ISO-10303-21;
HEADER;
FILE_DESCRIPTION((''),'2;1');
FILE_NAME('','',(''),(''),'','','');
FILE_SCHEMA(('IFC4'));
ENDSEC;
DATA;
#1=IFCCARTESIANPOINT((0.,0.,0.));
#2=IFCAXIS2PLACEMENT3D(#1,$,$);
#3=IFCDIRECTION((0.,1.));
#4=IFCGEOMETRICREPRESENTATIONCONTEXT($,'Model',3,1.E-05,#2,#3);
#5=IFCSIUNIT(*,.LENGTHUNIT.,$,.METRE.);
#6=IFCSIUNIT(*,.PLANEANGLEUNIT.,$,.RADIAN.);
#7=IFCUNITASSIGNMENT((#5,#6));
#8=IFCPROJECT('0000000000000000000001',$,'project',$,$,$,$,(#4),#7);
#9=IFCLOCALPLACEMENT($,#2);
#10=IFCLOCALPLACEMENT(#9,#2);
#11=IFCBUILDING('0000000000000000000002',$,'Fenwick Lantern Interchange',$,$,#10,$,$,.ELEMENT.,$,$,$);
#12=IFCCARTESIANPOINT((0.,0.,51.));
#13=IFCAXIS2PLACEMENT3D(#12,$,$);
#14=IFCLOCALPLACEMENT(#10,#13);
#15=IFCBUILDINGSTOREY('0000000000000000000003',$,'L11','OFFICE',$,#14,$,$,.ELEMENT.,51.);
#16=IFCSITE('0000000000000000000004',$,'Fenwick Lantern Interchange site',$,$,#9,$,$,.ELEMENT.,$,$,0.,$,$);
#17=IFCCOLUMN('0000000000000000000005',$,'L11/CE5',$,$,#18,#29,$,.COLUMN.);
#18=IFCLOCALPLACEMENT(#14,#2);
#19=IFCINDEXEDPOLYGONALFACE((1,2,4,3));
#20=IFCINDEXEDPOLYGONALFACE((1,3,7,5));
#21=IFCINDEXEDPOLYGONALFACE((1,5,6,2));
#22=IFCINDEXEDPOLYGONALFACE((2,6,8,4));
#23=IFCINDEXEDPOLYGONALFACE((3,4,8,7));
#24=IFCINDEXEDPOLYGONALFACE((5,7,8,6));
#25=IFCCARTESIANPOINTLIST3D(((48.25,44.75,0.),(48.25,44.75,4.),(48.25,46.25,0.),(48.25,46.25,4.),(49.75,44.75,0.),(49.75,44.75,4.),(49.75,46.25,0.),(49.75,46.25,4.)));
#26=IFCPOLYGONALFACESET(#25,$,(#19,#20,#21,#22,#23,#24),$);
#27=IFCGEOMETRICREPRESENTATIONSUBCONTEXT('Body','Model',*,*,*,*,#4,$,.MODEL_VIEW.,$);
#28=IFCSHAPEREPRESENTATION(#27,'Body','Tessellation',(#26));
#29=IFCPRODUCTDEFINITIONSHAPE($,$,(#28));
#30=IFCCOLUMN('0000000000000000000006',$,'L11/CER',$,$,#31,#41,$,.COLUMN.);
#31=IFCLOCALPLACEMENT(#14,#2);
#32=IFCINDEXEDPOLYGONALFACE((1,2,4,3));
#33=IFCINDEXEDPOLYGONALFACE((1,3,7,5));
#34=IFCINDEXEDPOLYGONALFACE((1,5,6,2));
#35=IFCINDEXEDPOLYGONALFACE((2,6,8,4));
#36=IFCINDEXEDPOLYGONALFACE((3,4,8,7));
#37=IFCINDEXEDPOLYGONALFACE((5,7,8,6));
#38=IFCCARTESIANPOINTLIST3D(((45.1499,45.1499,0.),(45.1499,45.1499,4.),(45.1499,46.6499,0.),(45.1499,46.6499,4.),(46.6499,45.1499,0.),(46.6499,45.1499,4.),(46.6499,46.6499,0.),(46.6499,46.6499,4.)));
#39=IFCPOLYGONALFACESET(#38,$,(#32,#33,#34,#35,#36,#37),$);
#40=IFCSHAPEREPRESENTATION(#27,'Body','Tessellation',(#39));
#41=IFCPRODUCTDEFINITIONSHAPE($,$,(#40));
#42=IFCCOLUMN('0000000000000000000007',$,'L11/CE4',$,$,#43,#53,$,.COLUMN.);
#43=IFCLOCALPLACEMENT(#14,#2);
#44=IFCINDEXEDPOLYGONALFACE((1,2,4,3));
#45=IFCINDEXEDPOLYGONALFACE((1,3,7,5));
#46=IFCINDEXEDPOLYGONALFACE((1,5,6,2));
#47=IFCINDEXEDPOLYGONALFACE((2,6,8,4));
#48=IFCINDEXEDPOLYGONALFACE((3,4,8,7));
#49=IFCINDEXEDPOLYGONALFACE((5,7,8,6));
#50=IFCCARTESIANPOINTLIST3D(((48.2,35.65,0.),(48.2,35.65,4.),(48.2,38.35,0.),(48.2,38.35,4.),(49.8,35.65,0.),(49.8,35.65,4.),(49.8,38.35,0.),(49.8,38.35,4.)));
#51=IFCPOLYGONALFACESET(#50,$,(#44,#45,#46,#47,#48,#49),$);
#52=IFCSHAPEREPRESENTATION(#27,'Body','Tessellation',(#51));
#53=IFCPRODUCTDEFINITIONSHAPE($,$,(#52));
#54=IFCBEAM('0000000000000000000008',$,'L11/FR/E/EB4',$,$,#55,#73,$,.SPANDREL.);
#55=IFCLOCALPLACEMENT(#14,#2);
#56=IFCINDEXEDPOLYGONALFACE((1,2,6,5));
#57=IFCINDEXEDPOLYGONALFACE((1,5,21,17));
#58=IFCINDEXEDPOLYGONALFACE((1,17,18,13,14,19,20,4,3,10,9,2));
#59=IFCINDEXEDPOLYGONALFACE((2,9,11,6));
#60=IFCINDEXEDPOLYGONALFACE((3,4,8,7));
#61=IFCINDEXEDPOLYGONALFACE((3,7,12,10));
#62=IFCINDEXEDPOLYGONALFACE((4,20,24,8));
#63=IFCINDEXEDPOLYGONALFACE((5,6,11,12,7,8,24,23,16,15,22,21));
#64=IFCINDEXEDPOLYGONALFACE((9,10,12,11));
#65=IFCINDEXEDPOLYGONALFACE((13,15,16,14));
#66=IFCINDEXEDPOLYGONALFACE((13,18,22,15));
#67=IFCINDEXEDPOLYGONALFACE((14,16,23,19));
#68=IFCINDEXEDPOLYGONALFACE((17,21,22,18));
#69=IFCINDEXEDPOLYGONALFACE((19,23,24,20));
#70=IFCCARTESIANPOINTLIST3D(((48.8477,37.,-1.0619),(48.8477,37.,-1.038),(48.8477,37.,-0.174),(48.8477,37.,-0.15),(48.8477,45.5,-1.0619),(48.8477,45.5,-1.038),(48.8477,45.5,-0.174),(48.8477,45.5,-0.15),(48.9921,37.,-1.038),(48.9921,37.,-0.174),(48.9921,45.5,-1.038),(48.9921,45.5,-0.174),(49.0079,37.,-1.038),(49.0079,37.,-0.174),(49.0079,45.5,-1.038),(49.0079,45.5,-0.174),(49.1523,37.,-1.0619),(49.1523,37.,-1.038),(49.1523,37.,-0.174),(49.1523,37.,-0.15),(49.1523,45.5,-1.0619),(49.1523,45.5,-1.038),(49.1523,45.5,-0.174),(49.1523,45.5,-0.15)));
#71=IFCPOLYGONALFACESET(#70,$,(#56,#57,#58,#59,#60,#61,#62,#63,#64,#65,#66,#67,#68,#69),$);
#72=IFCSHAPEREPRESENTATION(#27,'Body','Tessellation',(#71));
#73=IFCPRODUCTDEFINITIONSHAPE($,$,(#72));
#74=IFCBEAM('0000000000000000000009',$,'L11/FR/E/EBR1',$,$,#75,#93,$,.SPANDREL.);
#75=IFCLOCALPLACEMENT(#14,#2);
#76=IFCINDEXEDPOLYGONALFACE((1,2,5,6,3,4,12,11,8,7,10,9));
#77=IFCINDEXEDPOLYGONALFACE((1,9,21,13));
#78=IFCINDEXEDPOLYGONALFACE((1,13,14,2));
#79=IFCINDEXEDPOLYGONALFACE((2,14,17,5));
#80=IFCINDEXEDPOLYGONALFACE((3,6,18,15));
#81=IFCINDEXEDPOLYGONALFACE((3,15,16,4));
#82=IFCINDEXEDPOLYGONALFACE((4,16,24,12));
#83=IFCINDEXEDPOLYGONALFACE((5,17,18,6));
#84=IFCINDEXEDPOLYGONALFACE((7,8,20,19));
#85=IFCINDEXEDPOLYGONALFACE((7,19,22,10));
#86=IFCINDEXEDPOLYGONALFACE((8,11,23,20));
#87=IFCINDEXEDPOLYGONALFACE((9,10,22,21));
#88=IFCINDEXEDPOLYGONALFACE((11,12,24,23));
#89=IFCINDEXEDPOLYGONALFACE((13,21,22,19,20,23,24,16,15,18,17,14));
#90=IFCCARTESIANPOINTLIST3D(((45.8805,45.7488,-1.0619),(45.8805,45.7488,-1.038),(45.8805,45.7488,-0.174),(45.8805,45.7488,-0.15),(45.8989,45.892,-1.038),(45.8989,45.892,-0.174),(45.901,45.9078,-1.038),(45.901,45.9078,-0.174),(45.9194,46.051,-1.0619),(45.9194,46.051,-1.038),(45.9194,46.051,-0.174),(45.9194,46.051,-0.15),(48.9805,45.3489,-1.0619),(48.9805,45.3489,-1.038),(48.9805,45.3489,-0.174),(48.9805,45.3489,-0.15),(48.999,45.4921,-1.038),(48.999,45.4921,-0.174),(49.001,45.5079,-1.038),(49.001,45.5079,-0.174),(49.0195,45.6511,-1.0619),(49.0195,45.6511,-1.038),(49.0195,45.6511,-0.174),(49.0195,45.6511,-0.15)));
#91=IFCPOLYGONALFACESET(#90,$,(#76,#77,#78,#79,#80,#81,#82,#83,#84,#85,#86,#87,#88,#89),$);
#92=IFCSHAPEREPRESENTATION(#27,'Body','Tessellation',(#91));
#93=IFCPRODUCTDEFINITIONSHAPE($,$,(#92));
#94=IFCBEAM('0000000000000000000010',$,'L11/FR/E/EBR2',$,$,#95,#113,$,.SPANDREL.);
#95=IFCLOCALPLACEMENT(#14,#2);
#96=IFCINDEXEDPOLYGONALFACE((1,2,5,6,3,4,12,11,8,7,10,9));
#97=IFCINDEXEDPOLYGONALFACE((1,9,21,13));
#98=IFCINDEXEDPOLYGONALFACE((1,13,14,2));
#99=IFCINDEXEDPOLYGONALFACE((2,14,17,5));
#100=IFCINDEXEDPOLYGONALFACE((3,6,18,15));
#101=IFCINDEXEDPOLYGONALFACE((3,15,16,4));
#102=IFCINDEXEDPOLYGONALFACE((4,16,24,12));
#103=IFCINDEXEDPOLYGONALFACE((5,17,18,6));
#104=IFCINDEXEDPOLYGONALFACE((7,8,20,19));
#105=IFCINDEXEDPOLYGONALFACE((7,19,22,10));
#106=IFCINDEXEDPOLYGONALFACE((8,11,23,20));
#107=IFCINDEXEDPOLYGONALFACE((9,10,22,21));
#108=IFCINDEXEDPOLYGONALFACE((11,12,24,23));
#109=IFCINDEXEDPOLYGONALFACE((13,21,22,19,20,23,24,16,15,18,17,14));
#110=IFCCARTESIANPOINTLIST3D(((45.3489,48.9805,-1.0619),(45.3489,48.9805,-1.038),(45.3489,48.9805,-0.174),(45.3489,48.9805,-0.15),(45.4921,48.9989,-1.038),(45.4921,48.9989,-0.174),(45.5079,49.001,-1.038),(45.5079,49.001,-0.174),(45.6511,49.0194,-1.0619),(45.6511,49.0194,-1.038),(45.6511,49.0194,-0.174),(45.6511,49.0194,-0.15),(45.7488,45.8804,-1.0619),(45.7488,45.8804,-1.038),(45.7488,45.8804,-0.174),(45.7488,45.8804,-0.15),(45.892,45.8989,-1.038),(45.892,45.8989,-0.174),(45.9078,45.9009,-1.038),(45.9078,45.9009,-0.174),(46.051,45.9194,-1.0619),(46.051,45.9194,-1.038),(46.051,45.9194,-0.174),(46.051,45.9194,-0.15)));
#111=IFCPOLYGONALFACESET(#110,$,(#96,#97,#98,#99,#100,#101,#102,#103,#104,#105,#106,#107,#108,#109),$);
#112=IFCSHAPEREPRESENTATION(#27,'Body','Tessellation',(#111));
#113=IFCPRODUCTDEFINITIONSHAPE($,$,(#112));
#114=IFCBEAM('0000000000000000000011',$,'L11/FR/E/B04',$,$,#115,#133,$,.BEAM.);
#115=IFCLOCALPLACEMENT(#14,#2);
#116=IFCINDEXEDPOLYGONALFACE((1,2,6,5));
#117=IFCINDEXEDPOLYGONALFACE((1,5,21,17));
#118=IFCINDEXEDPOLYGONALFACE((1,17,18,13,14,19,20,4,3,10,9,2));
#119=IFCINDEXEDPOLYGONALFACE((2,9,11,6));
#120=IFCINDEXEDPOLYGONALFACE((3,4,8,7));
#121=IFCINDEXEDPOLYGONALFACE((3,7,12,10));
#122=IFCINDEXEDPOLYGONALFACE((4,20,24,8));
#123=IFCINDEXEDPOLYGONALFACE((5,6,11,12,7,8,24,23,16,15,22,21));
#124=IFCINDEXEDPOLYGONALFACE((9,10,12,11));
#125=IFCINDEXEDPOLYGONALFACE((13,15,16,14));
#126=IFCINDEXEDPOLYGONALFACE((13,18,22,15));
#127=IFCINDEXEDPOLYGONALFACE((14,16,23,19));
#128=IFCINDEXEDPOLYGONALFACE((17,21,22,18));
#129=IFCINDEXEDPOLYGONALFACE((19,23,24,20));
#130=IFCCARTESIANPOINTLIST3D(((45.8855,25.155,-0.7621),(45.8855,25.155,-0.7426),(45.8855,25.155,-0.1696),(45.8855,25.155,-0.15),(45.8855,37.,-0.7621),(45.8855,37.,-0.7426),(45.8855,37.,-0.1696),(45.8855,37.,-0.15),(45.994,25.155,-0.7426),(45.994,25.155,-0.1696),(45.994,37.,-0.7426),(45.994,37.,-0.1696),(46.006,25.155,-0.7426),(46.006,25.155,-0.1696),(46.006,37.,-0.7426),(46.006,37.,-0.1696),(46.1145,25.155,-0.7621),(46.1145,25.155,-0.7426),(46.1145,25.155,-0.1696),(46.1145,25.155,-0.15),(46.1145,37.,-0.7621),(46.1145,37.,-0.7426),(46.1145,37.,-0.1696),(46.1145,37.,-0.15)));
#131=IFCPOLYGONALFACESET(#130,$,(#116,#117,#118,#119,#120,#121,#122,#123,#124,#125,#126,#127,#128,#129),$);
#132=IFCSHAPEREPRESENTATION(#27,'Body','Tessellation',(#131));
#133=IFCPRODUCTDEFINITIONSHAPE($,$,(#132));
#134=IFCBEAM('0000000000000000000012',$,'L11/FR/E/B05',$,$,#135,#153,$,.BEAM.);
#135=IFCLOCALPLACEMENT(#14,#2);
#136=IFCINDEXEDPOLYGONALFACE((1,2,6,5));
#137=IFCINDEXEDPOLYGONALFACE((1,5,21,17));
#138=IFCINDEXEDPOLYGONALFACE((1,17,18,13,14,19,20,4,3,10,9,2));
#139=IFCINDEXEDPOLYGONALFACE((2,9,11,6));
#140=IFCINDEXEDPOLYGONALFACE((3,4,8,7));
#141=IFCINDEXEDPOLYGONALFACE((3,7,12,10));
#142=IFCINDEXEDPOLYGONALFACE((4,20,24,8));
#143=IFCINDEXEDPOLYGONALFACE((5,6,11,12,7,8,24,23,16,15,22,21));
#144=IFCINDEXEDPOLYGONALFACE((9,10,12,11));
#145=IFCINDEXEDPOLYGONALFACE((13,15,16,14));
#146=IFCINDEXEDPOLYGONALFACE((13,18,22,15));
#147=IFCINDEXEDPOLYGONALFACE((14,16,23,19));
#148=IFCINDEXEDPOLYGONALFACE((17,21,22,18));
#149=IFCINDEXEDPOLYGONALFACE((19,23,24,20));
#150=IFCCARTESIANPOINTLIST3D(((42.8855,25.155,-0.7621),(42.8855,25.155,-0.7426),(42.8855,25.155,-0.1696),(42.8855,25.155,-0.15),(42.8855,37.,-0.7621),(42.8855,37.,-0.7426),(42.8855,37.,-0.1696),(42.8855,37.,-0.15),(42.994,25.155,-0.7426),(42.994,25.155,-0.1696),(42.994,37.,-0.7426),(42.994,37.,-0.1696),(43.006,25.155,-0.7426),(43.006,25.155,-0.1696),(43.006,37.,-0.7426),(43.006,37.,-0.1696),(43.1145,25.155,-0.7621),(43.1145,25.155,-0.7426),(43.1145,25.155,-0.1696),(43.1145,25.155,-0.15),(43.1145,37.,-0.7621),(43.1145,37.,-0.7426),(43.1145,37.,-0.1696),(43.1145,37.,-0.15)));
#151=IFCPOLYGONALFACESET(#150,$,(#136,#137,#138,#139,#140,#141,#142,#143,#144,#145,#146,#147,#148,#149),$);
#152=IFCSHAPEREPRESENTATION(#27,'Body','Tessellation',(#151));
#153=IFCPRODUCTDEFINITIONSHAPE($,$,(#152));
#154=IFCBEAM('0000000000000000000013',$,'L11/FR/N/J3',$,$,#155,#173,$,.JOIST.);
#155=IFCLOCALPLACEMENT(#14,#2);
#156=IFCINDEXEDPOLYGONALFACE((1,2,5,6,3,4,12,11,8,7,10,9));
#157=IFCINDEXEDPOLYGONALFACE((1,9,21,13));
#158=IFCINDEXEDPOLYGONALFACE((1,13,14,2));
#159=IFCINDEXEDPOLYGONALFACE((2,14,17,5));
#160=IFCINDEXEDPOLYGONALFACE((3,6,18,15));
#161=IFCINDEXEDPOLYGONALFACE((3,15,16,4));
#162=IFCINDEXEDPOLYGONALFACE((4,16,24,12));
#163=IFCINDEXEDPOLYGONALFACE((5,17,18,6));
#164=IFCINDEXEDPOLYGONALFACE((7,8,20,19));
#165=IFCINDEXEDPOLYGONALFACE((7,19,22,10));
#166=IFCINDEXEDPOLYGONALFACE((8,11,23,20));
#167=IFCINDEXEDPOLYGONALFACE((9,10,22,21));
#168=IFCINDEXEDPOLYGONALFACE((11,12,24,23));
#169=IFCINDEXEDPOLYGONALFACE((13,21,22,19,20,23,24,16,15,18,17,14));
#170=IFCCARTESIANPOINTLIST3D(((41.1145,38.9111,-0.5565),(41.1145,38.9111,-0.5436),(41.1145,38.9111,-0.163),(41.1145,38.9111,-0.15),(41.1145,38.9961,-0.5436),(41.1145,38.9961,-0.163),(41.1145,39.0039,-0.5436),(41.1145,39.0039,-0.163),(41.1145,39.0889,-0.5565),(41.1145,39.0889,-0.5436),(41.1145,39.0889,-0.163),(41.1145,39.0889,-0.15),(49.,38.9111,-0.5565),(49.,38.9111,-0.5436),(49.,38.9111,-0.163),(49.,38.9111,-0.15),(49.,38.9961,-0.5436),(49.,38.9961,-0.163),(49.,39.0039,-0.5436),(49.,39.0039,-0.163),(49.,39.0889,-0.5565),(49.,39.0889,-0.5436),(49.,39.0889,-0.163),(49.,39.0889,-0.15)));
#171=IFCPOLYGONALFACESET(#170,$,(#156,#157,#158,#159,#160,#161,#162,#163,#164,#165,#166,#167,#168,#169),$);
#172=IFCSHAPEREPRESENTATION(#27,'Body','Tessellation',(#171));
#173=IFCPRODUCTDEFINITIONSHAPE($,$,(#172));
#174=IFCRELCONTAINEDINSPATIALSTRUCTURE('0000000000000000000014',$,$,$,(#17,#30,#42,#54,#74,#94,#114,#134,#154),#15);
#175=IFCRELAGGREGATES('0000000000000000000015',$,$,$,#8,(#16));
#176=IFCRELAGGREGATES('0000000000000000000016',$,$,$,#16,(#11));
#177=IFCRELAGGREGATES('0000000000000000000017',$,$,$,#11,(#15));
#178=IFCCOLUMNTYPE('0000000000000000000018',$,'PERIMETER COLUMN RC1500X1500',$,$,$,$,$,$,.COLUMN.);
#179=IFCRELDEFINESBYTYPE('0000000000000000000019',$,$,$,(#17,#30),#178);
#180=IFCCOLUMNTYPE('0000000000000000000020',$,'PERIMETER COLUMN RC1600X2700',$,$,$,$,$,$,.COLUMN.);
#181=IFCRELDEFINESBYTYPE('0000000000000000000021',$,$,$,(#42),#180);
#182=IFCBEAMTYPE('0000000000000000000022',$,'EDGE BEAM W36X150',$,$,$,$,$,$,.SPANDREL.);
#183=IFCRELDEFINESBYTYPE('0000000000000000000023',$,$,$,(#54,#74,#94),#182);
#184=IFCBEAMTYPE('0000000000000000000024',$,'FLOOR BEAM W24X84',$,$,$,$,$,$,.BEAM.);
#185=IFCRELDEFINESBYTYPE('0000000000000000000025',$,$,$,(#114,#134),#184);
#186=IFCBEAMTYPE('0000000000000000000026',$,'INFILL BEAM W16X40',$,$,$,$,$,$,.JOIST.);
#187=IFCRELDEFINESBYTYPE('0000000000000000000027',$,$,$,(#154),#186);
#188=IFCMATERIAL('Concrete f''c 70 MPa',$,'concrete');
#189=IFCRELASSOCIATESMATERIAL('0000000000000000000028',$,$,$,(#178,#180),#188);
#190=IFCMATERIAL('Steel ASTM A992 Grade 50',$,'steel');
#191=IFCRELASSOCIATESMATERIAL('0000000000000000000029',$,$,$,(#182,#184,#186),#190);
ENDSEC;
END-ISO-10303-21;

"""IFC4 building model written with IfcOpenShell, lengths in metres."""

from ifc_helpers import new_model, si_unit, direction, frame, origin, origin_2d, place, context, subcontext, project, spatial, rectangle, i_section, extrude, material, material_profile, profile_set, type_object, element, save


model = new_model("IFC4")

# Units and contexts
model_context = context("Model", 3, precision=1e-05, world=origin(), true_north=direction((0.0, 1.0)))
body_context = subcontext(model_context, "Body", "Model", "MODEL_VIEW")
ifc_project = project(units=[si_unit("LENGTHUNIT", "METRE"), si_unit("PLANEANGLEUNIT", "RADIAN")], contexts=[model_context])

# Site, building, storey
site_placement = place(None, origin())
site = spatial("IfcSite", under=ifc_project, at=site_placement, Name="Fenwick Lantern Interchange site", CompositionType="ELEMENT", RefElevation=0.0)
building_placement = place(site_placement, origin())
building = spatial("IfcBuilding", under=site, at=building_placement, Name="Fenwick Lantern Interchange", CompositionType="ELEMENT")
storey_placement = place(building_placement, frame((0.0, 0.0, 51.0)))
storey = spatial("IfcBuildingStorey", under=building, at=storey_placement, Name="L11", Description="OFFICE", CompositionType="ELEMENT", Elevation=51.0)

# Columns
ifc_material_1 = material(Name="Concrete f'c 70 MPa", Category="concrete")
ifc_material_profile_1 = material_profile(ifc_material_1, rectangle(XDim=1.5, YDim=1.5, at=origin_2d()), Name="RC1500X1500")
ifc_profile_set_1 = profile_set([ifc_material_profile_1], Name="Concrete f'c 70 MPa")
column_type_1 = type_object("IfcColumnType", Name="PERIMETER COLUMN RC1500X1500", PredefinedType="COLUMN", material=ifc_profile_set_1)
for number, where, z_axis, x_axis, name in (
    (1, (49.0, 45.5, 0.0), (0.0, 0.0, 1.0), (1.0, 0.0, 0.0), "L11/CE5"),
    (2, (45.8999, 45.8999, 0.0), (0.0, 0.0, 1.0), (1.0, 0.0, 0.0), "L11/CER"),
):
    element("IfcColumn", number, at=place(storey_placement, frame(where, z_axis=z_axis, x_axis=x_axis)), inside=storey, type_object=column_type_1, Name=name, PredefinedType="COLUMN", context=body_context, shape_type="SweptSolid", body=[
        extrude(rectangle(XDim=1.5, YDim=1.5, at=origin_2d()), origin(), (0.0, 0.0, 1.0), 4.0),
    ])
ifc_material_profile_2 = material_profile(ifc_material_1, rectangle(XDim=1.6001, YDim=2.7, at=origin_2d()), Name="RC1600X2700")
ifc_profile_set_2 = profile_set([ifc_material_profile_2], Name="Concrete f'c 70 MPa")
column_type_2 = type_object("IfcColumnType", Name="PERIMETER COLUMN RC1600X2700", PredefinedType="COLUMN", material=ifc_profile_set_2)
column_placement = place(storey_placement, frame((49.0, 37.0, 0.0), z_axis=(0.0, 0.0, 1.0), x_axis=(1.0, 0.0, 0.0)))
element("IfcColumn", 3, at=column_placement, inside=storey, type_object=column_type_2, Name="L11/CE4", PredefinedType="COLUMN", context=body_context, shape_type="SweptSolid", body=[
    extrude(rectangle(XDim=1.6001, YDim=2.7, at=origin_2d()), origin(), (0.0, 0.0, 1.0), 4.0),
])

# Beams
ifc_material_2 = material(Name="Steel ASTM A992 Grade 50", Category="steel")
ifc_material_profile_3 = material_profile(ifc_material_2, i_section(OverallWidth=0.3047, OverallDepth=0.9119, WebThickness=0.0159, FlangeThickness=0.0239, at=origin_2d()), Name="W36X150")
ifc_profile_set_3 = profile_set([ifc_material_profile_3], Name="Steel ASTM A992 Grade 50")
beam_type_1 = type_object("IfcBeamType", Name="EDGE BEAM W36X150", PredefinedType="SPANDREL", material=ifc_profile_set_3)
beam_1_placement = place(storey_placement, frame((49.0, 37.0, -0.606), z_axis=(0.0, 1.0, 0.0), x_axis=(-1.0, 0.0, 0.0)))
element("IfcBeam", 4, at=beam_1_placement, inside=storey, type_object=beam_type_1, Name="L11/FR/E/EB4", PredefinedType="SPANDREL", context=body_context, shape_type="SweptSolid", body=[
    extrude(i_section(OverallWidth=0.3047, OverallDepth=0.9119, WebThickness=0.0159, FlangeThickness=0.0239, at=origin_2d()), origin(), (0.0, 0.0, 1.0), 8.5),
])
for number, where, z_axis, x_axis, name in (
    (5, (49.0, 45.5, -0.606), (-0.991782, 0.127937, 0.0), (-0.127937, -0.991782, 0.0), "L11/FR/E/EBR1"),
    (6, (45.8999, 45.8999, -0.606), (-0.127937, 0.991782, 0.0), (-0.991782, -0.127937, 0.0), "L11/FR/E/EBR2"),
):
    element("IfcBeam", number, at=place(storey_placement, frame(where, z_axis=z_axis, x_axis=x_axis)), inside=storey, type_object=beam_type_1, Name=name, PredefinedType="SPANDREL", context=body_context, shape_type="SweptSolid", body=[
        extrude(i_section(OverallWidth=0.3047, OverallDepth=0.9119, WebThickness=0.0159, FlangeThickness=0.0239, at=origin_2d()), origin(), (0.0, 0.0, 1.0), 3.1257),
    ])
ifc_material_profile_4 = material_profile(ifc_material_2, i_section(OverallWidth=0.229, OverallDepth=0.6121, WebThickness=0.012, FlangeThickness=0.0195, at=origin_2d()), Name="W24X84")
ifc_profile_set_4 = profile_set([ifc_material_profile_4], Name="Steel ASTM A992 Grade 50")
beam_type_2 = type_object("IfcBeamType", Name="FLOOR BEAM W24X84", PredefinedType="BEAM", material=ifc_profile_set_4)
for number, where, z_axis, x_axis, name in (
    (7, (46.0, 25.155, -0.4561), (0.0, 1.0, 0.0), (-1.0, 0.0, 0.0), "L11/FR/E/B04"),
    (8, (43.0, 25.155, -0.4561), (0.0, 1.0, 0.0), (-1.0, 0.0, 0.0), "L11/FR/E/B05"),
):
    element("IfcBeam", number, at=place(storey_placement, frame(where, z_axis=z_axis, x_axis=x_axis)), inside=storey, type_object=beam_type_2, Name=name, PredefinedType="BEAM", context=body_context, shape_type="SweptSolid", body=[
        extrude(i_section(OverallWidth=0.229, OverallDepth=0.6121, WebThickness=0.012, FlangeThickness=0.0195, at=origin_2d()), origin(), (0.0, 0.0, 1.0), 11.845),
    ])
ifc_material_profile_5 = material_profile(ifc_material_2, i_section(OverallWidth=0.1777, OverallDepth=0.4065, WebThickness=0.0078, FlangeThickness=0.0129, at=origin_2d()), Name="W16X40")
ifc_profile_set_5 = profile_set([ifc_material_profile_5], Name="Steel ASTM A992 Grade 50")
beam_type_3 = type_object("IfcBeamType", Name="INFILL BEAM W16X40", PredefinedType="JOIST", material=ifc_profile_set_5)
beam_2_placement = place(storey_placement, frame((49.0, 39.0, -0.3533), z_axis=(-1.0, 0.0, 0.0), x_axis=(0.0, -1.0, 0.0)))
element("IfcBeam", 9, at=beam_2_placement, inside=storey, type_object=beam_type_3, Name="L11/FR/N/J3", PredefinedType="JOIST", context=body_context, shape_type="SweptSolid", body=[
    extrude(i_section(OverallWidth=0.1777, OverallDepth=0.4065, WebThickness=0.0078, FlangeThickness=0.0129, at=origin_2d()), origin(), (0.0, 0.0, 1.0), 7.8855),
])

save(model, "model.ifc")
